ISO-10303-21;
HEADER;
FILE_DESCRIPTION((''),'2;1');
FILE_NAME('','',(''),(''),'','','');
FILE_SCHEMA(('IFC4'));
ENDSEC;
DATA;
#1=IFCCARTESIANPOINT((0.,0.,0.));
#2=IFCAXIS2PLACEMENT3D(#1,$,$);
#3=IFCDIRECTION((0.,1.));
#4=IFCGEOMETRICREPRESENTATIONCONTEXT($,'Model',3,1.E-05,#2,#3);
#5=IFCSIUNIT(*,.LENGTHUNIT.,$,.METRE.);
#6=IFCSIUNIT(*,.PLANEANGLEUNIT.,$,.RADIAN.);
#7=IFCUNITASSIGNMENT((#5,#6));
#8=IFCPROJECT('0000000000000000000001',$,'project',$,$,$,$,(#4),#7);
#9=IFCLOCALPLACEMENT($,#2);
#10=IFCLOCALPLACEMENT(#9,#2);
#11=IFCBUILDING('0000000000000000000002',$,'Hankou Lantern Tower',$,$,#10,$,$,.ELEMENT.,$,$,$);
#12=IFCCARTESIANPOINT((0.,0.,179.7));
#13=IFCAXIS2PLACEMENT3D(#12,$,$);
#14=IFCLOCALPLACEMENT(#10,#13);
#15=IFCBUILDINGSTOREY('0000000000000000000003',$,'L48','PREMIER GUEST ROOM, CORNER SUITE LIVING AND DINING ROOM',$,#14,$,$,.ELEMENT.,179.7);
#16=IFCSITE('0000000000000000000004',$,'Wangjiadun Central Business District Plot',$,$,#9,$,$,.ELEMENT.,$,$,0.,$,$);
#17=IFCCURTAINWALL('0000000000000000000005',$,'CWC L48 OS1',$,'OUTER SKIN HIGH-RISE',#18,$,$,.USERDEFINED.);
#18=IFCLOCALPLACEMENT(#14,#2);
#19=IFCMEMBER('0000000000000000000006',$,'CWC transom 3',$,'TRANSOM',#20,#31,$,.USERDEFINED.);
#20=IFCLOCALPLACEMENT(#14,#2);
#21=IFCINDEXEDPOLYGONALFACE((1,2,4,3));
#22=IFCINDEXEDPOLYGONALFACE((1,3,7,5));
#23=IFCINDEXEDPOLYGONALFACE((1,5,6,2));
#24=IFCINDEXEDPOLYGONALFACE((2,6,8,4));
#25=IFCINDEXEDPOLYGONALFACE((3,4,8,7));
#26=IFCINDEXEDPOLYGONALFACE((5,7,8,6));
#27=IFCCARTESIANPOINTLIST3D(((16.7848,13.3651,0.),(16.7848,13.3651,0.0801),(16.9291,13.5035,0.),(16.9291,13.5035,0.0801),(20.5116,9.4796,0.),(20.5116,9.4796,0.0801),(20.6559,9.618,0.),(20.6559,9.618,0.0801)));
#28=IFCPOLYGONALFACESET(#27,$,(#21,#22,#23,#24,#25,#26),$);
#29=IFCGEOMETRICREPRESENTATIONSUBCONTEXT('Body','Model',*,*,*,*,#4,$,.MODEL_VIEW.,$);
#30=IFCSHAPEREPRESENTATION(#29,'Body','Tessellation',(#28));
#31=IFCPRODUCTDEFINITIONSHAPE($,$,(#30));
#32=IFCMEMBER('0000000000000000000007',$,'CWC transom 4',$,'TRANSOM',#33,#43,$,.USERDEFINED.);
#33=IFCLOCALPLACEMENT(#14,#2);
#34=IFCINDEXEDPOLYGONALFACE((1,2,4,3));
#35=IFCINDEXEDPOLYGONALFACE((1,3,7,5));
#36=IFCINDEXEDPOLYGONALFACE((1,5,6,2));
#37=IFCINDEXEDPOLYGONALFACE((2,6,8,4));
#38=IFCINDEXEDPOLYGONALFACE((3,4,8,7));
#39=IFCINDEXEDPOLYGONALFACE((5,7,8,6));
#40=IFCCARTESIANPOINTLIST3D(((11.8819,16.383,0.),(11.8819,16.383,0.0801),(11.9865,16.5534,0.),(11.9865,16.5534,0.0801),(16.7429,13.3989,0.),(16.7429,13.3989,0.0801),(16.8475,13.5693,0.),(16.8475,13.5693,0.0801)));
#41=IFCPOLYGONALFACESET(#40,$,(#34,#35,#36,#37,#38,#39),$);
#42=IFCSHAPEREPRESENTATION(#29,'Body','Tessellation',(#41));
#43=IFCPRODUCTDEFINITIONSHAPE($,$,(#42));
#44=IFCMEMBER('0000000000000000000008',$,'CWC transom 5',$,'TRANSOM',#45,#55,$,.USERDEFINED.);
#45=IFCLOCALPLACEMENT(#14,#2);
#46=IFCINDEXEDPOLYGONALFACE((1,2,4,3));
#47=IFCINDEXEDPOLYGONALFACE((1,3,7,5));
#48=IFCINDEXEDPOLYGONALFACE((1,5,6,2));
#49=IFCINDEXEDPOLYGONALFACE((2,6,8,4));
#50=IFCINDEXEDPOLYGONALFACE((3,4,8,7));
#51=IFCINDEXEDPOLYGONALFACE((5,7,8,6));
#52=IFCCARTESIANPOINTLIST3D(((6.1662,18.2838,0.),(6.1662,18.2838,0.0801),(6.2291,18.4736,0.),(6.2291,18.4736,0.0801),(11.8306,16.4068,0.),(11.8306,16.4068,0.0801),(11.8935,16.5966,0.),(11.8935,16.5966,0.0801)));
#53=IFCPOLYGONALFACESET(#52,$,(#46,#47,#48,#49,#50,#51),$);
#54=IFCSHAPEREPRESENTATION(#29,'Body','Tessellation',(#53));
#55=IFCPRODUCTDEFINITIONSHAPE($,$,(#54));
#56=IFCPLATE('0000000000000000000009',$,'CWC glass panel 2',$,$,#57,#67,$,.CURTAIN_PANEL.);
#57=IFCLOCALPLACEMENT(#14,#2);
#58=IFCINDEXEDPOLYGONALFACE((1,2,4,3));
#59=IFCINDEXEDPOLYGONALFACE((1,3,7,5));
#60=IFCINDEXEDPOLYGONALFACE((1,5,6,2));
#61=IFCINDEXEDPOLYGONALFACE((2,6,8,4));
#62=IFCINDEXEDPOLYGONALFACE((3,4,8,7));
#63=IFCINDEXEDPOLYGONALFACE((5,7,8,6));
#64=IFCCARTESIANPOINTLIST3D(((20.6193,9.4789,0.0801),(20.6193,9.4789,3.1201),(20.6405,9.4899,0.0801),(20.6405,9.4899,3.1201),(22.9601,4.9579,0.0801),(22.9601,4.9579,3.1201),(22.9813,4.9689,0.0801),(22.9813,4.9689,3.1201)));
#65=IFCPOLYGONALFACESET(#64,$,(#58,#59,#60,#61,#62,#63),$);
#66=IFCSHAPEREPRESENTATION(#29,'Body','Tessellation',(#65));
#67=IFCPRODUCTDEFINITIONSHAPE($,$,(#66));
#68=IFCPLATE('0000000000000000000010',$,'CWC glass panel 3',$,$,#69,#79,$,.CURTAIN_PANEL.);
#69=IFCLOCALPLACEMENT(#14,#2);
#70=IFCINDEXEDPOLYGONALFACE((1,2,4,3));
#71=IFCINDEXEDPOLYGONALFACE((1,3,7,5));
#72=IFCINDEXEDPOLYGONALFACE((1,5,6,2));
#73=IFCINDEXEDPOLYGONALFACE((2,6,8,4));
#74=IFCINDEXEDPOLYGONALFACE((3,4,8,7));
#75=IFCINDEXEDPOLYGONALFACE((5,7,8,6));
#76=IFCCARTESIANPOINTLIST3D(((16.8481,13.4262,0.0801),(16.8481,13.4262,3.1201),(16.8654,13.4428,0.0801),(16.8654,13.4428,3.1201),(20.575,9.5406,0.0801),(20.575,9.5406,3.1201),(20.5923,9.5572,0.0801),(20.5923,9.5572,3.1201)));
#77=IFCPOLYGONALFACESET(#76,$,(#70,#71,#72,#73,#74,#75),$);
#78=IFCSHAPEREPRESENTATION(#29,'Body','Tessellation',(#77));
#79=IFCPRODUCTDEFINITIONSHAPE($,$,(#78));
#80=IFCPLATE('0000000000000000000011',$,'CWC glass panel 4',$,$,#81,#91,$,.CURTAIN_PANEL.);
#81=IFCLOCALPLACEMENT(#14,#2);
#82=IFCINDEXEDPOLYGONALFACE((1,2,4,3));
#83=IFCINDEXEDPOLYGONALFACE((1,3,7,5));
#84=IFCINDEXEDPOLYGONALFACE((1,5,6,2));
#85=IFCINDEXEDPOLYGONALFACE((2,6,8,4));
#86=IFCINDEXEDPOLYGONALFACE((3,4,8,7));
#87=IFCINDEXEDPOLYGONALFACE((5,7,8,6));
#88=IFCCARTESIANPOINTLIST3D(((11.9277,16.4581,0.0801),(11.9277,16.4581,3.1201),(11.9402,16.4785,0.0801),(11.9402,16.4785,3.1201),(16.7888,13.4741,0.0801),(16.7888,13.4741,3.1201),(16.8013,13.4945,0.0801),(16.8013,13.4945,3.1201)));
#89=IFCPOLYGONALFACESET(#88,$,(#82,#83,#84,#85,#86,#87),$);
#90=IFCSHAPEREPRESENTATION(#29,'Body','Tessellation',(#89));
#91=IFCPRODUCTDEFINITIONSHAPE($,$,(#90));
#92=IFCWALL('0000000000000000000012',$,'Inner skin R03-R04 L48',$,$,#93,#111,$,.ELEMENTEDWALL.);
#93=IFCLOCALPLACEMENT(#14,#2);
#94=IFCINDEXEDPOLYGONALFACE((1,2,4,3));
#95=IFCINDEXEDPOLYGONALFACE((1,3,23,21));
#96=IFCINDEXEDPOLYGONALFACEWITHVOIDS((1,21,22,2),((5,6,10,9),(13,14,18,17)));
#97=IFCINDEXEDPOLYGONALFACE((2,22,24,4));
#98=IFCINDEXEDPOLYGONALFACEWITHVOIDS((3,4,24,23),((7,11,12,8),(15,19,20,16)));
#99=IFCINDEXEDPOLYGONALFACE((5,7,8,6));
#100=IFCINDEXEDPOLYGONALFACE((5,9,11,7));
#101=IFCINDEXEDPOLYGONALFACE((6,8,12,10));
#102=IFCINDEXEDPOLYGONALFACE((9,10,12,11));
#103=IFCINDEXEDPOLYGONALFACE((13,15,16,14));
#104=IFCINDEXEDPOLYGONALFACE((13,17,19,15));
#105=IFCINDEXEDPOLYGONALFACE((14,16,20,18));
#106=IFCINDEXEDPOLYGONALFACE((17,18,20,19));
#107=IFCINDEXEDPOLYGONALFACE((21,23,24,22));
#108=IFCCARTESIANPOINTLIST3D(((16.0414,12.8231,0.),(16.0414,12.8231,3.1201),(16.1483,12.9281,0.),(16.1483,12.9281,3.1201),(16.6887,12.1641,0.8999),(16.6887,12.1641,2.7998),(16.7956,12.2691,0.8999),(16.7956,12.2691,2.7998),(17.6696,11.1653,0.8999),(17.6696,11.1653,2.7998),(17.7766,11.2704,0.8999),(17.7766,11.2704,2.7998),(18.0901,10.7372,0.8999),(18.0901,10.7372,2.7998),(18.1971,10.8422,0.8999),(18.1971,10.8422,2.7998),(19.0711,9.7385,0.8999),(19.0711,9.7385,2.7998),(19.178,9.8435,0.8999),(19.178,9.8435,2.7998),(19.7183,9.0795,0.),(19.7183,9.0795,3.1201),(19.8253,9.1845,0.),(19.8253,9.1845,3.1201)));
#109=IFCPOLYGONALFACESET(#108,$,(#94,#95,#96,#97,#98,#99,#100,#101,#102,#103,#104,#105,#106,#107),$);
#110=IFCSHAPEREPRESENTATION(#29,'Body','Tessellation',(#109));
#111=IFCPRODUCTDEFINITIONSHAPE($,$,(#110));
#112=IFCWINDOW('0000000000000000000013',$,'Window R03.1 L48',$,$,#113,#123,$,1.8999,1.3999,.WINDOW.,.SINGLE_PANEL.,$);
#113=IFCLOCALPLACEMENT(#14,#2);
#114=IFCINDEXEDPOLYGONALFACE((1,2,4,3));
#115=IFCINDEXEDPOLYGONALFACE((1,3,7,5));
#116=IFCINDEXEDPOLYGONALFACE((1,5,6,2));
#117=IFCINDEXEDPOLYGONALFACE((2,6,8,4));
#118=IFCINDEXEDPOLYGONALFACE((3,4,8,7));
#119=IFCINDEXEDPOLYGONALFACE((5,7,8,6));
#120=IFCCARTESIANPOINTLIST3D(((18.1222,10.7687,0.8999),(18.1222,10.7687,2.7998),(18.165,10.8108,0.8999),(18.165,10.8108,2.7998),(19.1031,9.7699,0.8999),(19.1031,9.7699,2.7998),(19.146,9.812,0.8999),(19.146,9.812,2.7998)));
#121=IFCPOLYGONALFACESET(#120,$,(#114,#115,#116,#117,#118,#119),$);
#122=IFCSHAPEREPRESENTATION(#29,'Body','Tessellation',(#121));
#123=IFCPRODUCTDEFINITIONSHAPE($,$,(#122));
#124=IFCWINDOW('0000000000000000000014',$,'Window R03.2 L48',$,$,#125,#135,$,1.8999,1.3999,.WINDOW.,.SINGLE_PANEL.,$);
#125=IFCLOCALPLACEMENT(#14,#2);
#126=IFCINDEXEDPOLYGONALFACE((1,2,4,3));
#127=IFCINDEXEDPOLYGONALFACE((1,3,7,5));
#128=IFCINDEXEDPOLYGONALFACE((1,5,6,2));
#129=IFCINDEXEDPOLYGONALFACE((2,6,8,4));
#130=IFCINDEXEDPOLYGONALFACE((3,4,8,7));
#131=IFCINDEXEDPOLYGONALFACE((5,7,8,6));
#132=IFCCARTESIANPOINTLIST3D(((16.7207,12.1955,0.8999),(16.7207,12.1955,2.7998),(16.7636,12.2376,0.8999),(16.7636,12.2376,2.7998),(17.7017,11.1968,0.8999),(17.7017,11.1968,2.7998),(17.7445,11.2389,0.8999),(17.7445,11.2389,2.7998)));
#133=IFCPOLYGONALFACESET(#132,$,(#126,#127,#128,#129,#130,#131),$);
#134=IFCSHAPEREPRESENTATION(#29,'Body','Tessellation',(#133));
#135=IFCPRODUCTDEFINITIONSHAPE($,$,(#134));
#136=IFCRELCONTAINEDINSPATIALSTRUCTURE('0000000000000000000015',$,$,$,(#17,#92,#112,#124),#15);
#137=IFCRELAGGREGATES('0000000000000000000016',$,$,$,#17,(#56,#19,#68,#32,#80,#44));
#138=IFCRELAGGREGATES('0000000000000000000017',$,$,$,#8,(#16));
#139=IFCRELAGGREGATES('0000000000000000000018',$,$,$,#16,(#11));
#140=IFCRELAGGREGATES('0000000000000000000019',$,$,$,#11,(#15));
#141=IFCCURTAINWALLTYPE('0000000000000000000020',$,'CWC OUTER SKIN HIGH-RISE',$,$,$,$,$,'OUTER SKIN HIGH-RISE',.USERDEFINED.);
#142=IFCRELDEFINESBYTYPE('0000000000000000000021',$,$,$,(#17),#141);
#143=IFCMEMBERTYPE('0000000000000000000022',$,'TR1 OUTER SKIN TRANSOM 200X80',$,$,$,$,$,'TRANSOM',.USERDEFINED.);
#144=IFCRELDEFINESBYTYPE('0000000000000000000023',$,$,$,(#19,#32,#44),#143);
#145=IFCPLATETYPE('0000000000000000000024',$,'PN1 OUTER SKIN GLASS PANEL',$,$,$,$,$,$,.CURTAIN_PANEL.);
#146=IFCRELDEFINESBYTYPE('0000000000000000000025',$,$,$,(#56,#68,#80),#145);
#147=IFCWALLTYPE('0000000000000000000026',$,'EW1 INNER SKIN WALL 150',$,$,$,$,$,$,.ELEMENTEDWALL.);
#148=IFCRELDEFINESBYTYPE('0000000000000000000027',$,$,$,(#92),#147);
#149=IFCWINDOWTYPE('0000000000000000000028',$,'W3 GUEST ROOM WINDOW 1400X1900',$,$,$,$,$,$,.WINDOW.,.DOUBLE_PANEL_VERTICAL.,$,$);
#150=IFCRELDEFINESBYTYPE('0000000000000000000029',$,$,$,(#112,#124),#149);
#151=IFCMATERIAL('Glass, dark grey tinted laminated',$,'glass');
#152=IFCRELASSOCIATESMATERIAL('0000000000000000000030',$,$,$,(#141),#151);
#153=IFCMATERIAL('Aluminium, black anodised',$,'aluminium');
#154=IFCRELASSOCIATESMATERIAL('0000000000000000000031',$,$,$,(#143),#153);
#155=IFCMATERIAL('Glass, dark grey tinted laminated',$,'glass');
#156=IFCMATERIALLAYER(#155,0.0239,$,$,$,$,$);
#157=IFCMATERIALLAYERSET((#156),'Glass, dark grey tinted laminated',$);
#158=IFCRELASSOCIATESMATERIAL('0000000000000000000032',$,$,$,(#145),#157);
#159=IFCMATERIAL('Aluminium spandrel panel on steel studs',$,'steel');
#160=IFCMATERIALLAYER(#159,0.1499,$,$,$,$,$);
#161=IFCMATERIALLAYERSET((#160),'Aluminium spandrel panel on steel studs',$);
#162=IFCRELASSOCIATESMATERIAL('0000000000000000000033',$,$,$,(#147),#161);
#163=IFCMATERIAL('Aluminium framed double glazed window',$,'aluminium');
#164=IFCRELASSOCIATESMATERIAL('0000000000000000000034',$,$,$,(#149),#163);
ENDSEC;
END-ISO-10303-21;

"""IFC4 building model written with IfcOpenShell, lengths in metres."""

from ifc_helpers import new_model, si_unit, direction, frame, frame_2d, origin, origin_2d, place, context, subcontext, project, spatial, rectangle, extrude, material, layer, layer_set, material_profile, profile_set, type_object, element, fill, aggregate, save


model = new_model("IFC4")

# Units and contexts
model_context = context("Model", 3, precision=1e-05, world=origin(), true_north=direction((0.0, 1.0)))
body_context = subcontext(model_context, "Body", "Model", "MODEL_VIEW")
ifc_project = project(units=[si_unit("LENGTHUNIT", "METRE"), si_unit("PLANEANGLEUNIT", "RADIAN")], contexts=[model_context])

# Site, building, storey
site_placement = place(None, origin())
site = spatial("IfcSite", under=ifc_project, at=site_placement, Name="Wangjiadun Central Business District Plot", CompositionType="ELEMENT", RefElevation=0.0)
building_placement = place(site_placement, origin())
building = spatial("IfcBuilding", under=site, at=building_placement, Name="Hankou Lantern Tower", CompositionType="ELEMENT")
storey_placement = place(building_placement, frame((0.0, 0.0, 179.7)))
storey = spatial("IfcBuildingStorey", under=building, at=storey_placement, Name="L48", Description="PREMIER GUEST ROOM, CORNER SUITE LIVING AND DINING ROOM", CompositionType="ELEMENT", Elevation=179.7)

# Curtain wall
ifc_material_1 = material(Name="Glass, dark grey tinted laminated", Category="glass")
curtain_wall_type = type_object("IfcCurtainWallType", Name="CWC OUTER SKIN HIGH-RISE", ElementType="OUTER SKIN HIGH-RISE", PredefinedType="USERDEFINED", material=ifc_material_1)
curtain_wall_placement = place(storey_placement, origin())
curtain_wall = element("IfcCurtainWall", 1, at=curtain_wall_placement, inside=storey, type_object=curtain_wall_type, Name="CWC L48 OS1", ObjectType="OUTER SKIN HIGH-RISE", PredefinedType="USERDEFINED")

# Members
ifc_material_2 = material(Name="Aluminium, black anodised", Category="aluminium")
ifc_material_profile_1 = material_profile(ifc_material_2, rectangle(XDim=0.2, YDim=0.0801, at=origin_2d()), Name="TR1 200X80")
ifc_profile_set_1 = profile_set([ifc_material_profile_1], Name="Aluminium, black anodised")
member_type_1 = type_object("IfcMemberType", Name="TR1 OUTER SKIN TRANSOM 200X80", ElementType="TRANSOM", PredefinedType="USERDEFINED", material=ifc_profile_set_1)
member_1_placement = place(storey_placement, frame((20.5837, 9.5488, 0.04), z_axis=(-0.692216, 0.721691, 0.0), x_axis=(-0.721691, -0.692216, 0.0)))
member_1 = element("IfcMember", 2, at=member_1_placement, type_object=member_type_1, Name="CWC transom 3", ObjectType="TRANSOM", PredefinedType="USERDEFINED", context=body_context, shape_type="SweptSolid", body=[
    extrude(rectangle(XDim=0.2, YDim=0.0801, at=origin_2d()), origin(), (0.0, 0.0, 1.0), 5.3838),
])
member_2_placement = place(storey_placement, frame((16.7952, 13.4841, 0.04), z_axis=(-0.852229, 0.523168, 0.0), x_axis=(-0.523168, -0.852229, 0.0)))
member_2 = element("IfcMember", 3, at=member_2_placement, type_object=member_type_1, Name="CWC transom 4", ObjectType="TRANSOM", PredefinedType="USERDEFINED", context=body_context, shape_type="SweptSolid", body=[
    extrude(rectangle(XDim=0.2, YDim=0.0801, at=origin_2d()), origin(), (0.0, 0.0, 1.0), 5.7039),
])
member_3_placement = place(storey_placement, frame((11.8621, 16.5017, 0.04), z_axis=(-0.949242, 0.314546, 0.0), x_axis=(-0.314546, -0.949242, 0.0)))
member_3 = element("IfcMember", 4, at=member_3_placement, type_object=member_type_1, Name="CWC transom 5", ObjectType="TRANSOM", PredefinedType="USERDEFINED", context=body_context, shape_type="SweptSolid", body=[
    extrude(rectangle(XDim=0.2, YDim=0.0801, at=origin_2d()), origin(), (0.0, 0.0, 1.0), 5.9673),
])

# Plates
ifc_material_3 = material(Name="Glass, dark grey tinted laminated", Category="glass")
ifc_layer_1 = layer(ifc_material_3, 0.0239)
ifc_layer_set_1 = layer_set([ifc_layer_1], Name="Glass, dark grey tinted laminated")
plate_type = type_object("IfcPlateType", Name="PN1 OUTER SKIN GLASS PANEL", PredefinedType="CURTAIN_PANEL", material=ifc_layer_set_1)
plate_1_placement = place(storey_placement, frame((21.8003, 7.2239, 0.0801), z_axis=(0.0, 0.0, 1.0), x_axis=(-0.459791, 0.888027, 0.0)))
plate_1 = element("IfcPlate", 5, at=plate_1_placement, type_object=plate_type, Name="CWC glass panel 2", PredefinedType="CURTAIN_PANEL", context=body_context, shape_type="SweptSolid", body=[
    extrude(rectangle(XDim=5.0911, YDim=0.0239, at=origin_2d()), origin(), (0.0, 0.0, 1.0), 3.04),
])
plate_2_placement = place(storey_placement, frame((18.7202, 11.4917, 0.0801), z_axis=(0.0, 0.0, 1.0), x_axis=(-0.692216, 0.721691, 0.0)))
plate_2 = element("IfcPlate", 6, at=plate_2_placement, type_object=plate_type, Name="CWC glass panel 3", PredefinedType="CURTAIN_PANEL", context=body_context, shape_type="SweptSolid", body=[
    extrude(rectangle(XDim=5.384, YDim=0.0239, at=origin_2d()), origin(), (0.0, 0.0, 1.0), 3.04),
])
plate_3_placement = place(storey_placement, frame((14.3645, 14.9763, 0.0801), z_axis=(0.0, 0.0, 1.0), x_axis=(-0.852237, 0.523156, 0.0)))
plate_3 = element("IfcPlate", 7, at=plate_3_placement, type_object=plate_type, Name="CWC glass panel 4", PredefinedType="CURTAIN_PANEL", context=body_context, shape_type="SweptSolid", body=[
    extrude(rectangle(XDim=5.7039, YDim=0.0239, at=origin_2d()), origin(), (0.0, 0.0, 1.0), 3.04),
])
aggregate(curtain_wall, [plate_1, member_1, plate_2, member_2, plate_3, member_3])

# Wall, openings, windows
ifc_material_4 = material(Name="Aluminium spandrel panel on steel studs", Category="steel")
ifc_layer_2 = layer(ifc_material_4, 0.1499)
ifc_layer_set_2 = layer_set([ifc_layer_2], Name="Aluminium spandrel panel on steel studs")
wall_type_1 = type_object("IfcWallType", Name="EW1 INNER SKIN WALL 150", PredefinedType="ELEMENTEDWALL", material=ifc_layer_set_2)
wall_1_placement = place(storey_placement, frame((19.7717, 9.1321, 0.0), z_axis=(0.0, 0.0, 1.0), x_axis=(-0.700727, 0.713429, 0.0)))
wall_1 = element("IfcWall", 8, at=wall_1_placement, inside=storey, type_object=wall_type_1, Name="Inner skin R03-R04 L48", PredefinedType="ELEMENTEDWALL", context=body_context, shape_type="SweptSolid", body=[
    extrude(rectangle(XDim=5.2473, YDim=0.1499, at=frame_2d((2.6235, 0.0))), origin(), (0.0, 0.0, 1.0), 3.1201),
])
opening_1_placement = place(wall_1_placement, frame((0.9236, 0.0, 0.8999)))
opening_1 = element("IfcOpeningElement", 9, at=opening_1_placement, cuts=wall_1, PredefinedType="OPENING", context=body_context, shape_type="SweptSolid", body=[
    extrude(rectangle(XDim=1.3999, YDim=1.8999, at=frame_2d((0.7, 0.95))), frame((0.0, 0.085, 0.0), z_axis=(0.0, -1.0, 0.0), x_axis=(1.0, 0.0, 0.0)), (0.0, 0.0, 1.0), 0.1699),
])
opening_2_placement = place(wall_1_placement, frame((2.9236, 0.0, 0.8999)))
opening_2 = element("IfcOpeningElement", 10, at=opening_2_placement, cuts=wall_1, PredefinedType="OPENING", context=body_context, shape_type="SweptSolid", body=[
    extrude(rectangle(XDim=1.3999, YDim=1.8999, at=frame_2d((0.7, 0.95))), frame((0.0, 0.085, 0.0), z_axis=(0.0, -1.0, 0.0), x_axis=(1.0, 0.0, 0.0)), (0.0, 0.0, 1.0), 0.1699),
])
ifc_material_5 = material(Name="Aluminium framed double glazed window", Category="aluminium")
window_type = type_object("IfcWindowType", Name="W3 GUEST ROOM WINDOW 1400X1900", PartitioningType="DOUBLE_PANEL_VERTICAL", PredefinedType="WINDOW", material=ifc_material_5)
window_1_placement = place(opening_1_placement, origin())
window_1 = element("IfcWindow", 11, at=window_1_placement, inside=storey, type_object=window_type, Name="Window R03.1 L48", OverallHeight=1.8999, OverallWidth=1.3999, PartitioningType="SINGLE_PANEL", PredefinedType="WINDOW", context=body_context, shape_type="SweptSolid", body=[
    extrude(rectangle(XDim=1.3999, YDim=1.8999, at=frame_2d((0.7, 0.95))), frame((0.0, 0.03, 0.0), z_axis=(0.0, -1.0, 0.0), x_axis=(1.0, 0.0, 0.0)), (0.0, 0.0, 1.0), 0.0601),
])
fill(opening_1, window_1)
window_2_placement = place(opening_2_placement, origin())
window_2 = element("IfcWindow", 12, at=window_2_placement, inside=storey, type_object=window_type, Name="Window R03.2 L48", OverallHeight=1.8999, OverallWidth=1.3999, PartitioningType="SINGLE_PANEL", PredefinedType="WINDOW", context=body_context, shape_type="SweptSolid", body=[
    extrude(rectangle(XDim=1.3999, YDim=1.8999, at=frame_2d((0.7, 0.95))), frame((0.0, 0.03, 0.0), z_axis=(0.0, -1.0, 0.0), x_axis=(1.0, 0.0, 0.0)), (0.0, 0.0, 1.0), 0.0601),
])
fill(opening_2, window_2)

save(model, "model.ifc")
